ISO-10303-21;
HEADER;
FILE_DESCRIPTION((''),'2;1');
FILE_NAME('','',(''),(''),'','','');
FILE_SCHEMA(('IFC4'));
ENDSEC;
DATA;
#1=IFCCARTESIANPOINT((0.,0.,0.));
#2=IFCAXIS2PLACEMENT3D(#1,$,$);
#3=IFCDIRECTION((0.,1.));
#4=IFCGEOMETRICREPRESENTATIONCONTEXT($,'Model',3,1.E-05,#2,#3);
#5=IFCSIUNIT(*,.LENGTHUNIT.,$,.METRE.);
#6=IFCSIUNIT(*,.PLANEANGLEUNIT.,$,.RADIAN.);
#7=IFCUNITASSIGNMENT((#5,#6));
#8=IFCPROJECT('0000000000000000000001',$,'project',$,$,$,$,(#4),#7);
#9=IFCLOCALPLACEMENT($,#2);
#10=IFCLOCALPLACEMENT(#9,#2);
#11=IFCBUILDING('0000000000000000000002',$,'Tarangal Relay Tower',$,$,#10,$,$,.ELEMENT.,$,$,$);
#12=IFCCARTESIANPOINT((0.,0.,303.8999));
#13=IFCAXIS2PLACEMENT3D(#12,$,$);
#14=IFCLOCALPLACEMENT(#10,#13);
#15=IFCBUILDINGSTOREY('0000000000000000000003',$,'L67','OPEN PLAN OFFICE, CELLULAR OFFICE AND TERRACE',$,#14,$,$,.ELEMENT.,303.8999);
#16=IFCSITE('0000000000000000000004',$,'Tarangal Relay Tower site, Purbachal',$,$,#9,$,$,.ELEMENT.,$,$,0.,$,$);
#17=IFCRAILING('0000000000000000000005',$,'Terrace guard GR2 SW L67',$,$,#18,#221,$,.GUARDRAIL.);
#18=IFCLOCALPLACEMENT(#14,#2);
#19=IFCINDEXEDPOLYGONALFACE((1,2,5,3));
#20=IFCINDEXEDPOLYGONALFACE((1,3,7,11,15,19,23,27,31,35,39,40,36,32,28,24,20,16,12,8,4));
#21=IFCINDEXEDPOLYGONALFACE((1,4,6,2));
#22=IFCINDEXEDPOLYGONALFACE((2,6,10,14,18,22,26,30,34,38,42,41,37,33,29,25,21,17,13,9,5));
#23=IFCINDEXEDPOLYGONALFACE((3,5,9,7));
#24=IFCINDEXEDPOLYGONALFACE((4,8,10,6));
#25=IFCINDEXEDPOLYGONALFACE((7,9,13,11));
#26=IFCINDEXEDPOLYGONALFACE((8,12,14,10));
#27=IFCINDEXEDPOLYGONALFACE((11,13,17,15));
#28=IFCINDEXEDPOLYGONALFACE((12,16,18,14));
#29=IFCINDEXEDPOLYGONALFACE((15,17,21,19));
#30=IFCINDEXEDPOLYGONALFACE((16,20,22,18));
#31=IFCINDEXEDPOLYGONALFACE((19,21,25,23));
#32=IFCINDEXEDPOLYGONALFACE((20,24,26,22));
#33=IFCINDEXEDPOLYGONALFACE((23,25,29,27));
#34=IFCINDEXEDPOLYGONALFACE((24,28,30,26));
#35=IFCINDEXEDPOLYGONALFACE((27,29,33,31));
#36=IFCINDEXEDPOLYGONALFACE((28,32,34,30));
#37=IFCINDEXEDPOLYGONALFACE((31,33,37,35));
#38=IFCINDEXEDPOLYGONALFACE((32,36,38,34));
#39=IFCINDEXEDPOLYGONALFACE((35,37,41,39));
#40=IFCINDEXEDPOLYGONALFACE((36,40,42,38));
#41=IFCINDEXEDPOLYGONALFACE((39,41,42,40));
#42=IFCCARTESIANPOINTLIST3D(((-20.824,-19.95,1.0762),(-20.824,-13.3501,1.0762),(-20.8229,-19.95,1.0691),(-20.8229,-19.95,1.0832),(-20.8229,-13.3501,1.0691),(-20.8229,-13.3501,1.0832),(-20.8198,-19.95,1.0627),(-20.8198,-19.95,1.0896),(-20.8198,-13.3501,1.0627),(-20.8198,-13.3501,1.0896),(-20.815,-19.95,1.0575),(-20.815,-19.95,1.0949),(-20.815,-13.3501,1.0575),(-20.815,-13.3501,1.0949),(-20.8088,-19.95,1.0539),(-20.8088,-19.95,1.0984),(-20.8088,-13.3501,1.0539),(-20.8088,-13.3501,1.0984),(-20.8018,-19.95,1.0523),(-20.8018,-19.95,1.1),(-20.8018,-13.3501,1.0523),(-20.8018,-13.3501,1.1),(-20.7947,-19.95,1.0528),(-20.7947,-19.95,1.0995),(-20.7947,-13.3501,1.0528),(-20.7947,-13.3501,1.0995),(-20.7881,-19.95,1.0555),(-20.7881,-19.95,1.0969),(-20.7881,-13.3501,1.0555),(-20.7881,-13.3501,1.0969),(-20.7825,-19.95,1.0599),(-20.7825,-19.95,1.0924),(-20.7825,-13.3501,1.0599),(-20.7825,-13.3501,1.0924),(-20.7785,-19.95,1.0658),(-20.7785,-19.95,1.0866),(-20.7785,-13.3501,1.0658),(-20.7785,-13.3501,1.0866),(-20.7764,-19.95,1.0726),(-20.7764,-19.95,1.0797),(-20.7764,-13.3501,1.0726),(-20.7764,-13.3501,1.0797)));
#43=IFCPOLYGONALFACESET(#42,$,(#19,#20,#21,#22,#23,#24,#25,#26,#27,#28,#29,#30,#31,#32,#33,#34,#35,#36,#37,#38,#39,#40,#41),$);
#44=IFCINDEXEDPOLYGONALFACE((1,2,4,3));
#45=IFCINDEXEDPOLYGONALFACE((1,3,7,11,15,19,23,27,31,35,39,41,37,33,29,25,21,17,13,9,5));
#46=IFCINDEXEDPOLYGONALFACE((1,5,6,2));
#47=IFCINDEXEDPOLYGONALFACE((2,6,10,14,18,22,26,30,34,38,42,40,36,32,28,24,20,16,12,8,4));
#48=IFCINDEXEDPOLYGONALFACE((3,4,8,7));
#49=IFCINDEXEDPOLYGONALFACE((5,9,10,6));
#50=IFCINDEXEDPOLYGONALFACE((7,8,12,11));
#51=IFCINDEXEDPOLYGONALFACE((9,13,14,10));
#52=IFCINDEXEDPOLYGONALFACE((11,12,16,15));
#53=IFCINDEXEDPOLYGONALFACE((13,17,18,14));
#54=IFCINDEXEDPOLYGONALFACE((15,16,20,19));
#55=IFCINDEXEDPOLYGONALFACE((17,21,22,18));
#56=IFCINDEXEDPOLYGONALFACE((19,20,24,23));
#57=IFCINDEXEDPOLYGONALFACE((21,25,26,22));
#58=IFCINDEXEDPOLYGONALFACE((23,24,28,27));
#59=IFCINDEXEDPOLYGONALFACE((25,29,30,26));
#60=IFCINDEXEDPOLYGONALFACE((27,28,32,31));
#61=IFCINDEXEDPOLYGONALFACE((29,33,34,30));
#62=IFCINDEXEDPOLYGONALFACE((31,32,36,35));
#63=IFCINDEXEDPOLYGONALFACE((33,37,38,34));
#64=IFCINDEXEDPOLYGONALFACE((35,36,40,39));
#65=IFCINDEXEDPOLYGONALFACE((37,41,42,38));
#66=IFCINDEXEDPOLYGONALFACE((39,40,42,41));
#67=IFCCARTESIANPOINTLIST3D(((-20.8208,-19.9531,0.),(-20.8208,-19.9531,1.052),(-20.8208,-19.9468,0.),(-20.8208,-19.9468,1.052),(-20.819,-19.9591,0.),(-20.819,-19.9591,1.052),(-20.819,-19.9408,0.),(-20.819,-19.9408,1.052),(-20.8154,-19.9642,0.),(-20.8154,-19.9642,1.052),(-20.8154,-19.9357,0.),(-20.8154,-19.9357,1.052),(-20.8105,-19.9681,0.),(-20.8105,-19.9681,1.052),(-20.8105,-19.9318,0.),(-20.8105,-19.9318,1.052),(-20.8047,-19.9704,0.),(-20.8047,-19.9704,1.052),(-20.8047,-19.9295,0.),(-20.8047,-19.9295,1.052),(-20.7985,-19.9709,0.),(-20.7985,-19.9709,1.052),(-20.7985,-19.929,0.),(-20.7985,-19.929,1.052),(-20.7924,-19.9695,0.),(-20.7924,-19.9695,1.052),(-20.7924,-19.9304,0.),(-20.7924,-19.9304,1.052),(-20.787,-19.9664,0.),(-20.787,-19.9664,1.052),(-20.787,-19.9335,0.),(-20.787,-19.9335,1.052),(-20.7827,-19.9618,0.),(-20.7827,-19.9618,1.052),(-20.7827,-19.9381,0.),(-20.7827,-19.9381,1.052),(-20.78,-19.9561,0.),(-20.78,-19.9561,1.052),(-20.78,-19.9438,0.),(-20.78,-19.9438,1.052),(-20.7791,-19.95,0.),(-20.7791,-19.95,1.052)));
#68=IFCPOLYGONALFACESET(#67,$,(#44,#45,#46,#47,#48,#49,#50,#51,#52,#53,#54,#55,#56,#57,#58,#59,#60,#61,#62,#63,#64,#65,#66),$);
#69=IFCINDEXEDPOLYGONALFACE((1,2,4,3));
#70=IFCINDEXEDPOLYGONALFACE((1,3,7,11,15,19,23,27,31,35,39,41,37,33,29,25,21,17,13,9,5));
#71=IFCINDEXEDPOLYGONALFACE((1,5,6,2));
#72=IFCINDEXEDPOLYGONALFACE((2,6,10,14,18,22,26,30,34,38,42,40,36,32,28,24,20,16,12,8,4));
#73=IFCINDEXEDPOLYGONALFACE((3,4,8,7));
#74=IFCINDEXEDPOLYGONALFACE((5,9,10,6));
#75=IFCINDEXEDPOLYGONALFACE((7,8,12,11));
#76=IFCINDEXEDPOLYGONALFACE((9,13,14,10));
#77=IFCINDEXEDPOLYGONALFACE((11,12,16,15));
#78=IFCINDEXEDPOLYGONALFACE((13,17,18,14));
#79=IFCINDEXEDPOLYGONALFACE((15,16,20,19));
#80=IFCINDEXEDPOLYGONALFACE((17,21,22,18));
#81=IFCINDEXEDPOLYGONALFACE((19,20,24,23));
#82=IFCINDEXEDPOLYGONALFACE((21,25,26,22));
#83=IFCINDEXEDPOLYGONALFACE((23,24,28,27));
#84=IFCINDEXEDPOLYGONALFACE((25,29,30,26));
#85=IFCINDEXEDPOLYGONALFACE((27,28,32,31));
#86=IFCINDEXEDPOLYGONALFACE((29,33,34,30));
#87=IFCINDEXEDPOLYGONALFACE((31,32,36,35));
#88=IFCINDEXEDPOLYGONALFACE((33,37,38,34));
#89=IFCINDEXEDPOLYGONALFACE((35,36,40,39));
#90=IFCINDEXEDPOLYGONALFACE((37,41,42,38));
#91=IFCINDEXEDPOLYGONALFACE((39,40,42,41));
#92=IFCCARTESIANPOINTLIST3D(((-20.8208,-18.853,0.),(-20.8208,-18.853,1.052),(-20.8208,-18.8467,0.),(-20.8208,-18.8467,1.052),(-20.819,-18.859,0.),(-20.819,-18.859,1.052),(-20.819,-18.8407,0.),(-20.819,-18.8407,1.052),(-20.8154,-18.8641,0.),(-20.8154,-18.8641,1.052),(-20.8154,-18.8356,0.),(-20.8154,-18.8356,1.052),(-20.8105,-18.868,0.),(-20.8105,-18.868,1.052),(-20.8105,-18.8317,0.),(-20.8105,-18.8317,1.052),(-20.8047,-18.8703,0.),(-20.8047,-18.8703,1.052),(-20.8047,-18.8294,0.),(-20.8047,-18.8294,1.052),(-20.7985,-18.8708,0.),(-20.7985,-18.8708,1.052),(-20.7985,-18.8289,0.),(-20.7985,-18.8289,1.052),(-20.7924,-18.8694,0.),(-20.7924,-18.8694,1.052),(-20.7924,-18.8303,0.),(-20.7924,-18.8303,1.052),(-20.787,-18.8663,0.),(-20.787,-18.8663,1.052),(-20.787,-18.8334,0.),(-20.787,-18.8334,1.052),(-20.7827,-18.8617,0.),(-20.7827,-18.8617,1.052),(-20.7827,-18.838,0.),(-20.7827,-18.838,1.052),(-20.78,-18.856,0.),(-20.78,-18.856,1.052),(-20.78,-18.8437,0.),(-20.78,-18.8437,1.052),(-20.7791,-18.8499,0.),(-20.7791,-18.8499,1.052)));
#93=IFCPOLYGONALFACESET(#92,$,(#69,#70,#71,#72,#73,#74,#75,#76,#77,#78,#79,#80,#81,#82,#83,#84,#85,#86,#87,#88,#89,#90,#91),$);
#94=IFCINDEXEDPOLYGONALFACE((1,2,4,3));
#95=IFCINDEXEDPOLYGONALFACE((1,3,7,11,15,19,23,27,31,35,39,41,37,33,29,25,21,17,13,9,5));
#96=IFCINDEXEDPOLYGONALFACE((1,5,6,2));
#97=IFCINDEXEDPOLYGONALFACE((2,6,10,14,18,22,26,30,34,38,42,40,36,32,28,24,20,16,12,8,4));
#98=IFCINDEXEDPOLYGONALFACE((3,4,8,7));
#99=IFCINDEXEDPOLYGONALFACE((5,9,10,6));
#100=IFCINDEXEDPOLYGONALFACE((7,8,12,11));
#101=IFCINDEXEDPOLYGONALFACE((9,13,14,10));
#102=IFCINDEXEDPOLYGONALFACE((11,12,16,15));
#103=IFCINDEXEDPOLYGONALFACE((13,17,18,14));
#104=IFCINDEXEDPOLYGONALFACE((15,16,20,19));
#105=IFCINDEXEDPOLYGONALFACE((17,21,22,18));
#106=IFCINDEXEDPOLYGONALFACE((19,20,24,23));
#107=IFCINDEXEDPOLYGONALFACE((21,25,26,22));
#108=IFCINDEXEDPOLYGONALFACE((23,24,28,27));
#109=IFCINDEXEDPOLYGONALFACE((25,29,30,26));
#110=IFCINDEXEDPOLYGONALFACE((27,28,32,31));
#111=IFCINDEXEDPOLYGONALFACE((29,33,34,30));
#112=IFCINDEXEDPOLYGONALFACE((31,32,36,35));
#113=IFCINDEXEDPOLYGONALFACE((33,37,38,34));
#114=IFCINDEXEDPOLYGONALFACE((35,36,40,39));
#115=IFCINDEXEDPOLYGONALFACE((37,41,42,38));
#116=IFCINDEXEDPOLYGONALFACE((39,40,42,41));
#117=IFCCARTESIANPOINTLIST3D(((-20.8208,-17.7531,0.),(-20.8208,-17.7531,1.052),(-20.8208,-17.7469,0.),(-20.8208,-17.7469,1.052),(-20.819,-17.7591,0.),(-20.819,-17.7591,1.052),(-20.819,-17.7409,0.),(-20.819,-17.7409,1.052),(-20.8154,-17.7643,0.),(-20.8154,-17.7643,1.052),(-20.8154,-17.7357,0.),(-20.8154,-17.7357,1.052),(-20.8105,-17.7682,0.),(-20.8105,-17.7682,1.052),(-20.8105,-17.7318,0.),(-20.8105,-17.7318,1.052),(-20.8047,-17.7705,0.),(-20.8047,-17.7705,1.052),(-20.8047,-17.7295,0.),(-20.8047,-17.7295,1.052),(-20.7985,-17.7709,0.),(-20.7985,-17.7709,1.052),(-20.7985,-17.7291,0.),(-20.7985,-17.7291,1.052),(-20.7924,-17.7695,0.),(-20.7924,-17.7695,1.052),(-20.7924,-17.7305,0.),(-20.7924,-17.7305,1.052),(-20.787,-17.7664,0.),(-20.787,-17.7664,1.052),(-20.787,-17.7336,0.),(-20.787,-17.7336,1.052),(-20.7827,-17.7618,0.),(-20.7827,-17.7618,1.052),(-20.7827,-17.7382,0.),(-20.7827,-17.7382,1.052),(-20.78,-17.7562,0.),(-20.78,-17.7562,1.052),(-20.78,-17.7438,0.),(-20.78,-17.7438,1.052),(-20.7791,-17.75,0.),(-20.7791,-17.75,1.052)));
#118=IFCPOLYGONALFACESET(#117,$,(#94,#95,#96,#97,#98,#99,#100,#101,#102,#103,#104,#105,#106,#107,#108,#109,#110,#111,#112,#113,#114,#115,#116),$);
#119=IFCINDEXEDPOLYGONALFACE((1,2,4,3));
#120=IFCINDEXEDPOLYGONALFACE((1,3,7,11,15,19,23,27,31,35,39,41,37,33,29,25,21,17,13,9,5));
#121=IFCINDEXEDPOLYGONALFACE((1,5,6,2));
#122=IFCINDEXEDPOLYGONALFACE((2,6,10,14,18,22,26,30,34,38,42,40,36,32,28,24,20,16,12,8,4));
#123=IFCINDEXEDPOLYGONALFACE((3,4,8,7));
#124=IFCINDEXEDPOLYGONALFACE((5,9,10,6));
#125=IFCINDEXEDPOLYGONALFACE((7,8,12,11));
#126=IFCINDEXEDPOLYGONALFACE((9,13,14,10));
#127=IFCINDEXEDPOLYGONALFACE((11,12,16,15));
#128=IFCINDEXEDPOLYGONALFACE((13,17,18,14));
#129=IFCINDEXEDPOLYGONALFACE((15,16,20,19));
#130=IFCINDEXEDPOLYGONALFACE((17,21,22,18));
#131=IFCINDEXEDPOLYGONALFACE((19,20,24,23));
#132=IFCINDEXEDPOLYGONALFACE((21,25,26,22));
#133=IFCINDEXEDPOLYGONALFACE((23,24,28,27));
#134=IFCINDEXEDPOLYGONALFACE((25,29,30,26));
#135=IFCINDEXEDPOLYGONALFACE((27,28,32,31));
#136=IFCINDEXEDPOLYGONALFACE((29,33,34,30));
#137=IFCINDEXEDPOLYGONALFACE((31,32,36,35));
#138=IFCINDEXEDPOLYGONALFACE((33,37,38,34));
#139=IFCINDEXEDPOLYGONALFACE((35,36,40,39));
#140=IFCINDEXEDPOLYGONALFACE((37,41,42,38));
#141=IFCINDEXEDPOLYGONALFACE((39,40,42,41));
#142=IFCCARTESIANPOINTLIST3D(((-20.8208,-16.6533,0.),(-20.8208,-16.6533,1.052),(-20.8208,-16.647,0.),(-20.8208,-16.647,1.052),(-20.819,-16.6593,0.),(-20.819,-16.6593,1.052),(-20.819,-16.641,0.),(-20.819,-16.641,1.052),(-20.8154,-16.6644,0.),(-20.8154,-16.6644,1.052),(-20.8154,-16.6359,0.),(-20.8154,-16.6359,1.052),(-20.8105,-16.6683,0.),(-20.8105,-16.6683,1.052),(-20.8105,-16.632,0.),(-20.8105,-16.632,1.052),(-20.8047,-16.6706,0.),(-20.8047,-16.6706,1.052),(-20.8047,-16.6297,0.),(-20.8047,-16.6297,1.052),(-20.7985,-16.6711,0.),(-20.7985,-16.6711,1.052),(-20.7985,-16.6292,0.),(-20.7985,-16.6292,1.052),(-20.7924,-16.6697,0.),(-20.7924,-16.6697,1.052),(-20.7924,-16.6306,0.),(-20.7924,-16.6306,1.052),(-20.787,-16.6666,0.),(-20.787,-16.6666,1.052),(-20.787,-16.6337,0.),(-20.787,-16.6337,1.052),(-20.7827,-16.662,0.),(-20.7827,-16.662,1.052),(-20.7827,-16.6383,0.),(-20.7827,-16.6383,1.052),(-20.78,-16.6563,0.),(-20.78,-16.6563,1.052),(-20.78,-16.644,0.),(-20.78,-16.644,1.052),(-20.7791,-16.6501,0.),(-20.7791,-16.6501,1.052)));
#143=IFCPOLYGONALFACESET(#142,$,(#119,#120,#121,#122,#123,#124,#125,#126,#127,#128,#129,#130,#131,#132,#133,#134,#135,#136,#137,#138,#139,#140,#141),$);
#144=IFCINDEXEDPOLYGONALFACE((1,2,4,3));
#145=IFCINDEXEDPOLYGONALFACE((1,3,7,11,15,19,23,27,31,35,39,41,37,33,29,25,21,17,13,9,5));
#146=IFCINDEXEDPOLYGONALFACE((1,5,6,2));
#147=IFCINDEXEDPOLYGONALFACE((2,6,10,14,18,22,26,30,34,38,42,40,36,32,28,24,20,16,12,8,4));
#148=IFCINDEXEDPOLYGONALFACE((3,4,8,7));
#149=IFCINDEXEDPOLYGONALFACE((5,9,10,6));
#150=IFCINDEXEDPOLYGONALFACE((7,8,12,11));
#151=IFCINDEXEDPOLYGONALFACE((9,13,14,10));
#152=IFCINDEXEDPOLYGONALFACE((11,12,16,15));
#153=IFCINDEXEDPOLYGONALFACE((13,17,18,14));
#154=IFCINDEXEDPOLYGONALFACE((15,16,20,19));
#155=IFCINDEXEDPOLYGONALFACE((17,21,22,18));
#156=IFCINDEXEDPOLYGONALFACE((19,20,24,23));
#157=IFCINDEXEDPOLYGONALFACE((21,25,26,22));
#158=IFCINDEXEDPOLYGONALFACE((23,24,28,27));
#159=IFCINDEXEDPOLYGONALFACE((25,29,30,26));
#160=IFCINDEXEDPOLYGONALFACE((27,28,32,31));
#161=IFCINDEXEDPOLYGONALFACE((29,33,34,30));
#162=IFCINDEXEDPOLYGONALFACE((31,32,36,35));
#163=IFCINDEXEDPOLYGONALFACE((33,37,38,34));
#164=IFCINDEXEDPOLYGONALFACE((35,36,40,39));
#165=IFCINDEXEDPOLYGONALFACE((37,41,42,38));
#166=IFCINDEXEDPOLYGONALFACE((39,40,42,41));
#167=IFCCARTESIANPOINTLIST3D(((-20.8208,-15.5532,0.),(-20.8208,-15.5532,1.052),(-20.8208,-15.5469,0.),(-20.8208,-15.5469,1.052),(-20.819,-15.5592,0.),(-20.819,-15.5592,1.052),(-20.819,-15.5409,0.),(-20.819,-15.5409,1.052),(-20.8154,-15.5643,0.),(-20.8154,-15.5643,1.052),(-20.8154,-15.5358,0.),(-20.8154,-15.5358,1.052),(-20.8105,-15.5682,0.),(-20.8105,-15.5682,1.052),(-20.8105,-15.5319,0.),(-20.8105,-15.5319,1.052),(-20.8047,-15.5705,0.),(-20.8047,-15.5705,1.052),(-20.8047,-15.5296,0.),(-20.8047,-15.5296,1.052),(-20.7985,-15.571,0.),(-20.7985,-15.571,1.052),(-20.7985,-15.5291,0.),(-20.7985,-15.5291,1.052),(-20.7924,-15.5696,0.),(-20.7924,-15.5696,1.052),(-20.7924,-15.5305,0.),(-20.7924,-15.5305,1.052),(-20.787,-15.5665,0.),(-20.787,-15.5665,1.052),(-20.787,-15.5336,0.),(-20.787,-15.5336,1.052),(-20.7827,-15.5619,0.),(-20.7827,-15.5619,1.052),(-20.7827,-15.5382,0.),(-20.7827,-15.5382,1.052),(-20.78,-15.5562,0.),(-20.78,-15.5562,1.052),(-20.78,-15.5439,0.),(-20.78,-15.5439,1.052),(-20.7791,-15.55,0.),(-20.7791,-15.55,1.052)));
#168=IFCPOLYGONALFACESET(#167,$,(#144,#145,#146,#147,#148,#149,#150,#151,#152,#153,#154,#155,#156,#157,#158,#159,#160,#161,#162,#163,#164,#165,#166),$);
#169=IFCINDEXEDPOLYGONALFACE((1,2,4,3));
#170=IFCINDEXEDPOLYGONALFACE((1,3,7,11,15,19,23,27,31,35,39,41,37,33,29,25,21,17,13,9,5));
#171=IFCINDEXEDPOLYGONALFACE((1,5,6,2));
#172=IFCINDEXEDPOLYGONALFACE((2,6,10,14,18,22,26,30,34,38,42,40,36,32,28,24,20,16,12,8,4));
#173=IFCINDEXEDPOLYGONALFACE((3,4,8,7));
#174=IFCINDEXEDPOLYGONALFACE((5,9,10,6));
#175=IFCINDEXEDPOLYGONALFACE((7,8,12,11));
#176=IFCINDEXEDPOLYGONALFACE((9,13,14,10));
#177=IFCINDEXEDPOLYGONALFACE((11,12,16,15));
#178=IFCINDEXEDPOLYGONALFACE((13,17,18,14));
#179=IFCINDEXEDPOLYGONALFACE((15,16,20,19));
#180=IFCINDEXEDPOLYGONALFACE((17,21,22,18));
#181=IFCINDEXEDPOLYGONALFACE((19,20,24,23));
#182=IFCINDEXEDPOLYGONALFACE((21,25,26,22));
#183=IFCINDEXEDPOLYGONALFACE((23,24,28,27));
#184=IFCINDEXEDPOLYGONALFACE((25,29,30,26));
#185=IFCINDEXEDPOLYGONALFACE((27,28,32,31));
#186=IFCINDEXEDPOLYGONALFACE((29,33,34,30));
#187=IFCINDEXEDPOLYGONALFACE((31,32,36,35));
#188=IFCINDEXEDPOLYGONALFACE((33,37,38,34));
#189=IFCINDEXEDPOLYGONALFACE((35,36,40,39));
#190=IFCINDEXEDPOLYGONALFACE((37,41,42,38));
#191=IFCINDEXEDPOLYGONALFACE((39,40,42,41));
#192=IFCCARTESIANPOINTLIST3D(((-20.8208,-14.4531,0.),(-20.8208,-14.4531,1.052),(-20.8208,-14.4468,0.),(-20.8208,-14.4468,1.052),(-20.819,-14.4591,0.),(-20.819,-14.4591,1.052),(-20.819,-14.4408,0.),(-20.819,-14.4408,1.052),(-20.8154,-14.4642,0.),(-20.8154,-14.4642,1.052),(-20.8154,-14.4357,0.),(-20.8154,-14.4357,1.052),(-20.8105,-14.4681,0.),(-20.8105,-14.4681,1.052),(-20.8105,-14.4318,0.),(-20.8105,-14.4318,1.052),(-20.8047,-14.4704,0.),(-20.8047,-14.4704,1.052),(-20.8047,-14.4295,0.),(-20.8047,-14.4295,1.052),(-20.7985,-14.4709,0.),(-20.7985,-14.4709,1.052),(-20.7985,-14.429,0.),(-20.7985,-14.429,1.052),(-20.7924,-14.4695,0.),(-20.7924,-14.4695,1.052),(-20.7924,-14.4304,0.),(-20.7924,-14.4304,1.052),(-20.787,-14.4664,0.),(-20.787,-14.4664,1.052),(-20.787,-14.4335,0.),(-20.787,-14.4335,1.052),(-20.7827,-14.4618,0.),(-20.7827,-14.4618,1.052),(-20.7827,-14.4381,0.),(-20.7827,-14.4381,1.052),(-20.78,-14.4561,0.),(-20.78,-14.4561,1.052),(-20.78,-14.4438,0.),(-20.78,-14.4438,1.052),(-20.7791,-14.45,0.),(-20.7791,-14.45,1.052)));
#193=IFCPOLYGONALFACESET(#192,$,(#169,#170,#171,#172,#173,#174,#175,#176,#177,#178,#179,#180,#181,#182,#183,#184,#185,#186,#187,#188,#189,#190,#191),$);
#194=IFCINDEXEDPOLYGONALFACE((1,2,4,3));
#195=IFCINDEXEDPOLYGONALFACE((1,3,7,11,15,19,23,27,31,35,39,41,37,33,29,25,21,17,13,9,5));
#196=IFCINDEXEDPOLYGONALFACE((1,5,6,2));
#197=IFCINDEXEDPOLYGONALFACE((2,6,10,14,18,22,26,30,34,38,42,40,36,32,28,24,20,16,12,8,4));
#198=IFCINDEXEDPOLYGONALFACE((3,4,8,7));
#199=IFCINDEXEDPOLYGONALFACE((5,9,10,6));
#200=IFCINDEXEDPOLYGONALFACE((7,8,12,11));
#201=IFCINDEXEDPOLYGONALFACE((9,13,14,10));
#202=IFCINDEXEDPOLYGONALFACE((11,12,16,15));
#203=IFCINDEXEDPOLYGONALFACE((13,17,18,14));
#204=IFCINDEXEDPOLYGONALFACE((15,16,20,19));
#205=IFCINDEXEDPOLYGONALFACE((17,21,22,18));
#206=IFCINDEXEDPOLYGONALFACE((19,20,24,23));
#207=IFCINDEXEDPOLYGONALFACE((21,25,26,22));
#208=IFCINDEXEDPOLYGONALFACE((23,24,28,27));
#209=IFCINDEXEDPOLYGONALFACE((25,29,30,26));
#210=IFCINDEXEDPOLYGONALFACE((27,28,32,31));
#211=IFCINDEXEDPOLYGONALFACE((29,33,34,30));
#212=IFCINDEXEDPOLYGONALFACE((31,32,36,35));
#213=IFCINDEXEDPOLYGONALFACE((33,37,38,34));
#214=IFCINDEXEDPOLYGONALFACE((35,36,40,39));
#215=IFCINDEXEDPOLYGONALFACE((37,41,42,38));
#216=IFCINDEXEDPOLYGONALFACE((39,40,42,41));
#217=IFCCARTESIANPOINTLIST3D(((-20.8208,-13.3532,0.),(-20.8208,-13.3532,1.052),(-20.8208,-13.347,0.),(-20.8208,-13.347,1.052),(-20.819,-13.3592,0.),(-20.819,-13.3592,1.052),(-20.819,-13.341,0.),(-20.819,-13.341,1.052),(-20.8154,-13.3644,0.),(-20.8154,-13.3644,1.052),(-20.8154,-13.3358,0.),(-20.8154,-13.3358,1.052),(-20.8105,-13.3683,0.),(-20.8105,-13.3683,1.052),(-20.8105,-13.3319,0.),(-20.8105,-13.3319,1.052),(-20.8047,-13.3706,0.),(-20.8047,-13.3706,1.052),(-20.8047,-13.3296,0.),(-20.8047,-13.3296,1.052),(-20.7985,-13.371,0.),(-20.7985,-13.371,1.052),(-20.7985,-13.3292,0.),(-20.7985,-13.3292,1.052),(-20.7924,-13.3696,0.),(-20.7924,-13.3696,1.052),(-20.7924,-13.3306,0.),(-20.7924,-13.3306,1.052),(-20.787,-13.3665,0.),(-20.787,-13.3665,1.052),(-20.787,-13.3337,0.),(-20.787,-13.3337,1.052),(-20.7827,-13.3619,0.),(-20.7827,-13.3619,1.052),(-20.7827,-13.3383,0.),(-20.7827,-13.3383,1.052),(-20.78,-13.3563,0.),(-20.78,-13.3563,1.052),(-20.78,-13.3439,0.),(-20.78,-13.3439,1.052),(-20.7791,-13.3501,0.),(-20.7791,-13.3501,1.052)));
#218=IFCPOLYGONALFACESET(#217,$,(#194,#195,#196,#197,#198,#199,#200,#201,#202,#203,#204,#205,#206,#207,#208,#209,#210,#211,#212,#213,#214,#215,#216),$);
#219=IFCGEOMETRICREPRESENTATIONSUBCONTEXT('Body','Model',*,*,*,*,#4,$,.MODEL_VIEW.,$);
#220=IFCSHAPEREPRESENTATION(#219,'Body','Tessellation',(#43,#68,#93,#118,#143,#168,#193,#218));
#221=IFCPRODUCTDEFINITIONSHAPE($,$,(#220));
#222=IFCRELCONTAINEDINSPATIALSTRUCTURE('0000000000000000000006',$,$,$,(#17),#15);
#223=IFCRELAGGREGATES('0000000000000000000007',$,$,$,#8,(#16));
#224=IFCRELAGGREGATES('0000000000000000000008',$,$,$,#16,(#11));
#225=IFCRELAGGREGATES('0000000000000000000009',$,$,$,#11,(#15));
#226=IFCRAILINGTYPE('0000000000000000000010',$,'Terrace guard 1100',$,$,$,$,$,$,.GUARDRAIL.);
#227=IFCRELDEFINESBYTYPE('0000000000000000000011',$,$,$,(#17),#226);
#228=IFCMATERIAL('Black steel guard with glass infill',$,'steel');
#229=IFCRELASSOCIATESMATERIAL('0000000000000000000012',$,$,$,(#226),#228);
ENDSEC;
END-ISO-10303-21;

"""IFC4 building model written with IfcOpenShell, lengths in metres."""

from ifc_helpers import new_model, si_unit, direction, frame, origin, origin_2d, place, context, subcontext, project, spatial, circle, extrude, material, type_object, element, save


model = new_model("IFC4")

# Units and contexts
model_context = context("Model", 3, precision=1e-05, world=origin(), true_north=direction((0.0, 1.0)))
body_context = subcontext(model_context, "Body", "Model", "MODEL_VIEW")
ifc_project = project(units=[si_unit("LENGTHUNIT", "METRE"), si_unit("PLANEANGLEUNIT", "RADIAN")], contexts=[model_context])

# Site, building, storey
site_placement = place(None, origin())
site = spatial("IfcSite", under=ifc_project, at=site_placement, Name="Tarangal Relay Tower site, Purbachal", CompositionType="ELEMENT", RefElevation=0.0)
building_placement = place(site_placement, origin())
building = spatial("IfcBuilding", under=site, at=building_placement, Name="Tarangal Relay Tower", CompositionType="ELEMENT")
storey_placement = place(building_placement, frame((0.0, 0.0, 303.8999)))
storey = spatial("IfcBuildingStorey", under=building, at=storey_placement, Name="L67", Description="OPEN PLAN OFFICE, CELLULAR OFFICE AND TERRACE", CompositionType="ELEMENT", Elevation=303.8999)

# Railing
ifc_material_1 = material(Name="Black steel guard with glass infill", Category="steel")
railing_type = type_object("IfcRailingType", Name="Terrace guard 1100", PredefinedType="GUARDRAIL", material=ifc_material_1)
railing_1_placement = place(storey_placement, frame((-20.8, -19.95, 0.0)))
element("IfcRailing", 1, at=railing_1_placement, inside=storey, type_object=railing_type, Name="Terrace guard GR2 SW L67", PredefinedType="GUARDRAIL", context=body_context, shape_type="SweptSolid", body=[
    extrude(circle(Radius=0.0239, at=origin_2d()), frame((0.0, 0.0, 1.0762), z_axis=(0.0, 1.0, 0.0), x_axis=(-1.0, 0.0, 0.0)), (0.0, 0.0, 1.0), 6.5999),
    extrude(circle(Radius=0.021, at=origin_2d()), origin(), (0.0, 0.0, 1.0), 1.052),
    extrude(circle(Radius=0.021, at=origin_2d()), frame((0.0, 1.1001, 0.0)), (0.0, 0.0, 1.0), 1.052),
    extrude(circle(Radius=0.021, at=origin_2d()), frame((0.0, 2.2, 0.0)), (0.0, 0.0, 1.0), 1.052),
    extrude(circle(Radius=0.021, at=origin_2d()), frame((0.0, 3.2998, 0.0)), (0.0, 0.0, 1.0), 1.052),
    extrude(circle(Radius=0.021, at=origin_2d()), frame((0.0, 4.3999, 0.0)), (0.0, 0.0, 1.0), 1.052),
    extrude(circle(Radius=0.021, at=origin_2d()), frame((0.0, 5.5, 0.0)), (0.0, 0.0, 1.0), 1.052),
    extrude(circle(Radius=0.021, at=origin_2d()), frame((0.0, 6.5999, 0.0)), (0.0, 0.0, 1.0), 1.052),
])

save(model, "model.ifc")
